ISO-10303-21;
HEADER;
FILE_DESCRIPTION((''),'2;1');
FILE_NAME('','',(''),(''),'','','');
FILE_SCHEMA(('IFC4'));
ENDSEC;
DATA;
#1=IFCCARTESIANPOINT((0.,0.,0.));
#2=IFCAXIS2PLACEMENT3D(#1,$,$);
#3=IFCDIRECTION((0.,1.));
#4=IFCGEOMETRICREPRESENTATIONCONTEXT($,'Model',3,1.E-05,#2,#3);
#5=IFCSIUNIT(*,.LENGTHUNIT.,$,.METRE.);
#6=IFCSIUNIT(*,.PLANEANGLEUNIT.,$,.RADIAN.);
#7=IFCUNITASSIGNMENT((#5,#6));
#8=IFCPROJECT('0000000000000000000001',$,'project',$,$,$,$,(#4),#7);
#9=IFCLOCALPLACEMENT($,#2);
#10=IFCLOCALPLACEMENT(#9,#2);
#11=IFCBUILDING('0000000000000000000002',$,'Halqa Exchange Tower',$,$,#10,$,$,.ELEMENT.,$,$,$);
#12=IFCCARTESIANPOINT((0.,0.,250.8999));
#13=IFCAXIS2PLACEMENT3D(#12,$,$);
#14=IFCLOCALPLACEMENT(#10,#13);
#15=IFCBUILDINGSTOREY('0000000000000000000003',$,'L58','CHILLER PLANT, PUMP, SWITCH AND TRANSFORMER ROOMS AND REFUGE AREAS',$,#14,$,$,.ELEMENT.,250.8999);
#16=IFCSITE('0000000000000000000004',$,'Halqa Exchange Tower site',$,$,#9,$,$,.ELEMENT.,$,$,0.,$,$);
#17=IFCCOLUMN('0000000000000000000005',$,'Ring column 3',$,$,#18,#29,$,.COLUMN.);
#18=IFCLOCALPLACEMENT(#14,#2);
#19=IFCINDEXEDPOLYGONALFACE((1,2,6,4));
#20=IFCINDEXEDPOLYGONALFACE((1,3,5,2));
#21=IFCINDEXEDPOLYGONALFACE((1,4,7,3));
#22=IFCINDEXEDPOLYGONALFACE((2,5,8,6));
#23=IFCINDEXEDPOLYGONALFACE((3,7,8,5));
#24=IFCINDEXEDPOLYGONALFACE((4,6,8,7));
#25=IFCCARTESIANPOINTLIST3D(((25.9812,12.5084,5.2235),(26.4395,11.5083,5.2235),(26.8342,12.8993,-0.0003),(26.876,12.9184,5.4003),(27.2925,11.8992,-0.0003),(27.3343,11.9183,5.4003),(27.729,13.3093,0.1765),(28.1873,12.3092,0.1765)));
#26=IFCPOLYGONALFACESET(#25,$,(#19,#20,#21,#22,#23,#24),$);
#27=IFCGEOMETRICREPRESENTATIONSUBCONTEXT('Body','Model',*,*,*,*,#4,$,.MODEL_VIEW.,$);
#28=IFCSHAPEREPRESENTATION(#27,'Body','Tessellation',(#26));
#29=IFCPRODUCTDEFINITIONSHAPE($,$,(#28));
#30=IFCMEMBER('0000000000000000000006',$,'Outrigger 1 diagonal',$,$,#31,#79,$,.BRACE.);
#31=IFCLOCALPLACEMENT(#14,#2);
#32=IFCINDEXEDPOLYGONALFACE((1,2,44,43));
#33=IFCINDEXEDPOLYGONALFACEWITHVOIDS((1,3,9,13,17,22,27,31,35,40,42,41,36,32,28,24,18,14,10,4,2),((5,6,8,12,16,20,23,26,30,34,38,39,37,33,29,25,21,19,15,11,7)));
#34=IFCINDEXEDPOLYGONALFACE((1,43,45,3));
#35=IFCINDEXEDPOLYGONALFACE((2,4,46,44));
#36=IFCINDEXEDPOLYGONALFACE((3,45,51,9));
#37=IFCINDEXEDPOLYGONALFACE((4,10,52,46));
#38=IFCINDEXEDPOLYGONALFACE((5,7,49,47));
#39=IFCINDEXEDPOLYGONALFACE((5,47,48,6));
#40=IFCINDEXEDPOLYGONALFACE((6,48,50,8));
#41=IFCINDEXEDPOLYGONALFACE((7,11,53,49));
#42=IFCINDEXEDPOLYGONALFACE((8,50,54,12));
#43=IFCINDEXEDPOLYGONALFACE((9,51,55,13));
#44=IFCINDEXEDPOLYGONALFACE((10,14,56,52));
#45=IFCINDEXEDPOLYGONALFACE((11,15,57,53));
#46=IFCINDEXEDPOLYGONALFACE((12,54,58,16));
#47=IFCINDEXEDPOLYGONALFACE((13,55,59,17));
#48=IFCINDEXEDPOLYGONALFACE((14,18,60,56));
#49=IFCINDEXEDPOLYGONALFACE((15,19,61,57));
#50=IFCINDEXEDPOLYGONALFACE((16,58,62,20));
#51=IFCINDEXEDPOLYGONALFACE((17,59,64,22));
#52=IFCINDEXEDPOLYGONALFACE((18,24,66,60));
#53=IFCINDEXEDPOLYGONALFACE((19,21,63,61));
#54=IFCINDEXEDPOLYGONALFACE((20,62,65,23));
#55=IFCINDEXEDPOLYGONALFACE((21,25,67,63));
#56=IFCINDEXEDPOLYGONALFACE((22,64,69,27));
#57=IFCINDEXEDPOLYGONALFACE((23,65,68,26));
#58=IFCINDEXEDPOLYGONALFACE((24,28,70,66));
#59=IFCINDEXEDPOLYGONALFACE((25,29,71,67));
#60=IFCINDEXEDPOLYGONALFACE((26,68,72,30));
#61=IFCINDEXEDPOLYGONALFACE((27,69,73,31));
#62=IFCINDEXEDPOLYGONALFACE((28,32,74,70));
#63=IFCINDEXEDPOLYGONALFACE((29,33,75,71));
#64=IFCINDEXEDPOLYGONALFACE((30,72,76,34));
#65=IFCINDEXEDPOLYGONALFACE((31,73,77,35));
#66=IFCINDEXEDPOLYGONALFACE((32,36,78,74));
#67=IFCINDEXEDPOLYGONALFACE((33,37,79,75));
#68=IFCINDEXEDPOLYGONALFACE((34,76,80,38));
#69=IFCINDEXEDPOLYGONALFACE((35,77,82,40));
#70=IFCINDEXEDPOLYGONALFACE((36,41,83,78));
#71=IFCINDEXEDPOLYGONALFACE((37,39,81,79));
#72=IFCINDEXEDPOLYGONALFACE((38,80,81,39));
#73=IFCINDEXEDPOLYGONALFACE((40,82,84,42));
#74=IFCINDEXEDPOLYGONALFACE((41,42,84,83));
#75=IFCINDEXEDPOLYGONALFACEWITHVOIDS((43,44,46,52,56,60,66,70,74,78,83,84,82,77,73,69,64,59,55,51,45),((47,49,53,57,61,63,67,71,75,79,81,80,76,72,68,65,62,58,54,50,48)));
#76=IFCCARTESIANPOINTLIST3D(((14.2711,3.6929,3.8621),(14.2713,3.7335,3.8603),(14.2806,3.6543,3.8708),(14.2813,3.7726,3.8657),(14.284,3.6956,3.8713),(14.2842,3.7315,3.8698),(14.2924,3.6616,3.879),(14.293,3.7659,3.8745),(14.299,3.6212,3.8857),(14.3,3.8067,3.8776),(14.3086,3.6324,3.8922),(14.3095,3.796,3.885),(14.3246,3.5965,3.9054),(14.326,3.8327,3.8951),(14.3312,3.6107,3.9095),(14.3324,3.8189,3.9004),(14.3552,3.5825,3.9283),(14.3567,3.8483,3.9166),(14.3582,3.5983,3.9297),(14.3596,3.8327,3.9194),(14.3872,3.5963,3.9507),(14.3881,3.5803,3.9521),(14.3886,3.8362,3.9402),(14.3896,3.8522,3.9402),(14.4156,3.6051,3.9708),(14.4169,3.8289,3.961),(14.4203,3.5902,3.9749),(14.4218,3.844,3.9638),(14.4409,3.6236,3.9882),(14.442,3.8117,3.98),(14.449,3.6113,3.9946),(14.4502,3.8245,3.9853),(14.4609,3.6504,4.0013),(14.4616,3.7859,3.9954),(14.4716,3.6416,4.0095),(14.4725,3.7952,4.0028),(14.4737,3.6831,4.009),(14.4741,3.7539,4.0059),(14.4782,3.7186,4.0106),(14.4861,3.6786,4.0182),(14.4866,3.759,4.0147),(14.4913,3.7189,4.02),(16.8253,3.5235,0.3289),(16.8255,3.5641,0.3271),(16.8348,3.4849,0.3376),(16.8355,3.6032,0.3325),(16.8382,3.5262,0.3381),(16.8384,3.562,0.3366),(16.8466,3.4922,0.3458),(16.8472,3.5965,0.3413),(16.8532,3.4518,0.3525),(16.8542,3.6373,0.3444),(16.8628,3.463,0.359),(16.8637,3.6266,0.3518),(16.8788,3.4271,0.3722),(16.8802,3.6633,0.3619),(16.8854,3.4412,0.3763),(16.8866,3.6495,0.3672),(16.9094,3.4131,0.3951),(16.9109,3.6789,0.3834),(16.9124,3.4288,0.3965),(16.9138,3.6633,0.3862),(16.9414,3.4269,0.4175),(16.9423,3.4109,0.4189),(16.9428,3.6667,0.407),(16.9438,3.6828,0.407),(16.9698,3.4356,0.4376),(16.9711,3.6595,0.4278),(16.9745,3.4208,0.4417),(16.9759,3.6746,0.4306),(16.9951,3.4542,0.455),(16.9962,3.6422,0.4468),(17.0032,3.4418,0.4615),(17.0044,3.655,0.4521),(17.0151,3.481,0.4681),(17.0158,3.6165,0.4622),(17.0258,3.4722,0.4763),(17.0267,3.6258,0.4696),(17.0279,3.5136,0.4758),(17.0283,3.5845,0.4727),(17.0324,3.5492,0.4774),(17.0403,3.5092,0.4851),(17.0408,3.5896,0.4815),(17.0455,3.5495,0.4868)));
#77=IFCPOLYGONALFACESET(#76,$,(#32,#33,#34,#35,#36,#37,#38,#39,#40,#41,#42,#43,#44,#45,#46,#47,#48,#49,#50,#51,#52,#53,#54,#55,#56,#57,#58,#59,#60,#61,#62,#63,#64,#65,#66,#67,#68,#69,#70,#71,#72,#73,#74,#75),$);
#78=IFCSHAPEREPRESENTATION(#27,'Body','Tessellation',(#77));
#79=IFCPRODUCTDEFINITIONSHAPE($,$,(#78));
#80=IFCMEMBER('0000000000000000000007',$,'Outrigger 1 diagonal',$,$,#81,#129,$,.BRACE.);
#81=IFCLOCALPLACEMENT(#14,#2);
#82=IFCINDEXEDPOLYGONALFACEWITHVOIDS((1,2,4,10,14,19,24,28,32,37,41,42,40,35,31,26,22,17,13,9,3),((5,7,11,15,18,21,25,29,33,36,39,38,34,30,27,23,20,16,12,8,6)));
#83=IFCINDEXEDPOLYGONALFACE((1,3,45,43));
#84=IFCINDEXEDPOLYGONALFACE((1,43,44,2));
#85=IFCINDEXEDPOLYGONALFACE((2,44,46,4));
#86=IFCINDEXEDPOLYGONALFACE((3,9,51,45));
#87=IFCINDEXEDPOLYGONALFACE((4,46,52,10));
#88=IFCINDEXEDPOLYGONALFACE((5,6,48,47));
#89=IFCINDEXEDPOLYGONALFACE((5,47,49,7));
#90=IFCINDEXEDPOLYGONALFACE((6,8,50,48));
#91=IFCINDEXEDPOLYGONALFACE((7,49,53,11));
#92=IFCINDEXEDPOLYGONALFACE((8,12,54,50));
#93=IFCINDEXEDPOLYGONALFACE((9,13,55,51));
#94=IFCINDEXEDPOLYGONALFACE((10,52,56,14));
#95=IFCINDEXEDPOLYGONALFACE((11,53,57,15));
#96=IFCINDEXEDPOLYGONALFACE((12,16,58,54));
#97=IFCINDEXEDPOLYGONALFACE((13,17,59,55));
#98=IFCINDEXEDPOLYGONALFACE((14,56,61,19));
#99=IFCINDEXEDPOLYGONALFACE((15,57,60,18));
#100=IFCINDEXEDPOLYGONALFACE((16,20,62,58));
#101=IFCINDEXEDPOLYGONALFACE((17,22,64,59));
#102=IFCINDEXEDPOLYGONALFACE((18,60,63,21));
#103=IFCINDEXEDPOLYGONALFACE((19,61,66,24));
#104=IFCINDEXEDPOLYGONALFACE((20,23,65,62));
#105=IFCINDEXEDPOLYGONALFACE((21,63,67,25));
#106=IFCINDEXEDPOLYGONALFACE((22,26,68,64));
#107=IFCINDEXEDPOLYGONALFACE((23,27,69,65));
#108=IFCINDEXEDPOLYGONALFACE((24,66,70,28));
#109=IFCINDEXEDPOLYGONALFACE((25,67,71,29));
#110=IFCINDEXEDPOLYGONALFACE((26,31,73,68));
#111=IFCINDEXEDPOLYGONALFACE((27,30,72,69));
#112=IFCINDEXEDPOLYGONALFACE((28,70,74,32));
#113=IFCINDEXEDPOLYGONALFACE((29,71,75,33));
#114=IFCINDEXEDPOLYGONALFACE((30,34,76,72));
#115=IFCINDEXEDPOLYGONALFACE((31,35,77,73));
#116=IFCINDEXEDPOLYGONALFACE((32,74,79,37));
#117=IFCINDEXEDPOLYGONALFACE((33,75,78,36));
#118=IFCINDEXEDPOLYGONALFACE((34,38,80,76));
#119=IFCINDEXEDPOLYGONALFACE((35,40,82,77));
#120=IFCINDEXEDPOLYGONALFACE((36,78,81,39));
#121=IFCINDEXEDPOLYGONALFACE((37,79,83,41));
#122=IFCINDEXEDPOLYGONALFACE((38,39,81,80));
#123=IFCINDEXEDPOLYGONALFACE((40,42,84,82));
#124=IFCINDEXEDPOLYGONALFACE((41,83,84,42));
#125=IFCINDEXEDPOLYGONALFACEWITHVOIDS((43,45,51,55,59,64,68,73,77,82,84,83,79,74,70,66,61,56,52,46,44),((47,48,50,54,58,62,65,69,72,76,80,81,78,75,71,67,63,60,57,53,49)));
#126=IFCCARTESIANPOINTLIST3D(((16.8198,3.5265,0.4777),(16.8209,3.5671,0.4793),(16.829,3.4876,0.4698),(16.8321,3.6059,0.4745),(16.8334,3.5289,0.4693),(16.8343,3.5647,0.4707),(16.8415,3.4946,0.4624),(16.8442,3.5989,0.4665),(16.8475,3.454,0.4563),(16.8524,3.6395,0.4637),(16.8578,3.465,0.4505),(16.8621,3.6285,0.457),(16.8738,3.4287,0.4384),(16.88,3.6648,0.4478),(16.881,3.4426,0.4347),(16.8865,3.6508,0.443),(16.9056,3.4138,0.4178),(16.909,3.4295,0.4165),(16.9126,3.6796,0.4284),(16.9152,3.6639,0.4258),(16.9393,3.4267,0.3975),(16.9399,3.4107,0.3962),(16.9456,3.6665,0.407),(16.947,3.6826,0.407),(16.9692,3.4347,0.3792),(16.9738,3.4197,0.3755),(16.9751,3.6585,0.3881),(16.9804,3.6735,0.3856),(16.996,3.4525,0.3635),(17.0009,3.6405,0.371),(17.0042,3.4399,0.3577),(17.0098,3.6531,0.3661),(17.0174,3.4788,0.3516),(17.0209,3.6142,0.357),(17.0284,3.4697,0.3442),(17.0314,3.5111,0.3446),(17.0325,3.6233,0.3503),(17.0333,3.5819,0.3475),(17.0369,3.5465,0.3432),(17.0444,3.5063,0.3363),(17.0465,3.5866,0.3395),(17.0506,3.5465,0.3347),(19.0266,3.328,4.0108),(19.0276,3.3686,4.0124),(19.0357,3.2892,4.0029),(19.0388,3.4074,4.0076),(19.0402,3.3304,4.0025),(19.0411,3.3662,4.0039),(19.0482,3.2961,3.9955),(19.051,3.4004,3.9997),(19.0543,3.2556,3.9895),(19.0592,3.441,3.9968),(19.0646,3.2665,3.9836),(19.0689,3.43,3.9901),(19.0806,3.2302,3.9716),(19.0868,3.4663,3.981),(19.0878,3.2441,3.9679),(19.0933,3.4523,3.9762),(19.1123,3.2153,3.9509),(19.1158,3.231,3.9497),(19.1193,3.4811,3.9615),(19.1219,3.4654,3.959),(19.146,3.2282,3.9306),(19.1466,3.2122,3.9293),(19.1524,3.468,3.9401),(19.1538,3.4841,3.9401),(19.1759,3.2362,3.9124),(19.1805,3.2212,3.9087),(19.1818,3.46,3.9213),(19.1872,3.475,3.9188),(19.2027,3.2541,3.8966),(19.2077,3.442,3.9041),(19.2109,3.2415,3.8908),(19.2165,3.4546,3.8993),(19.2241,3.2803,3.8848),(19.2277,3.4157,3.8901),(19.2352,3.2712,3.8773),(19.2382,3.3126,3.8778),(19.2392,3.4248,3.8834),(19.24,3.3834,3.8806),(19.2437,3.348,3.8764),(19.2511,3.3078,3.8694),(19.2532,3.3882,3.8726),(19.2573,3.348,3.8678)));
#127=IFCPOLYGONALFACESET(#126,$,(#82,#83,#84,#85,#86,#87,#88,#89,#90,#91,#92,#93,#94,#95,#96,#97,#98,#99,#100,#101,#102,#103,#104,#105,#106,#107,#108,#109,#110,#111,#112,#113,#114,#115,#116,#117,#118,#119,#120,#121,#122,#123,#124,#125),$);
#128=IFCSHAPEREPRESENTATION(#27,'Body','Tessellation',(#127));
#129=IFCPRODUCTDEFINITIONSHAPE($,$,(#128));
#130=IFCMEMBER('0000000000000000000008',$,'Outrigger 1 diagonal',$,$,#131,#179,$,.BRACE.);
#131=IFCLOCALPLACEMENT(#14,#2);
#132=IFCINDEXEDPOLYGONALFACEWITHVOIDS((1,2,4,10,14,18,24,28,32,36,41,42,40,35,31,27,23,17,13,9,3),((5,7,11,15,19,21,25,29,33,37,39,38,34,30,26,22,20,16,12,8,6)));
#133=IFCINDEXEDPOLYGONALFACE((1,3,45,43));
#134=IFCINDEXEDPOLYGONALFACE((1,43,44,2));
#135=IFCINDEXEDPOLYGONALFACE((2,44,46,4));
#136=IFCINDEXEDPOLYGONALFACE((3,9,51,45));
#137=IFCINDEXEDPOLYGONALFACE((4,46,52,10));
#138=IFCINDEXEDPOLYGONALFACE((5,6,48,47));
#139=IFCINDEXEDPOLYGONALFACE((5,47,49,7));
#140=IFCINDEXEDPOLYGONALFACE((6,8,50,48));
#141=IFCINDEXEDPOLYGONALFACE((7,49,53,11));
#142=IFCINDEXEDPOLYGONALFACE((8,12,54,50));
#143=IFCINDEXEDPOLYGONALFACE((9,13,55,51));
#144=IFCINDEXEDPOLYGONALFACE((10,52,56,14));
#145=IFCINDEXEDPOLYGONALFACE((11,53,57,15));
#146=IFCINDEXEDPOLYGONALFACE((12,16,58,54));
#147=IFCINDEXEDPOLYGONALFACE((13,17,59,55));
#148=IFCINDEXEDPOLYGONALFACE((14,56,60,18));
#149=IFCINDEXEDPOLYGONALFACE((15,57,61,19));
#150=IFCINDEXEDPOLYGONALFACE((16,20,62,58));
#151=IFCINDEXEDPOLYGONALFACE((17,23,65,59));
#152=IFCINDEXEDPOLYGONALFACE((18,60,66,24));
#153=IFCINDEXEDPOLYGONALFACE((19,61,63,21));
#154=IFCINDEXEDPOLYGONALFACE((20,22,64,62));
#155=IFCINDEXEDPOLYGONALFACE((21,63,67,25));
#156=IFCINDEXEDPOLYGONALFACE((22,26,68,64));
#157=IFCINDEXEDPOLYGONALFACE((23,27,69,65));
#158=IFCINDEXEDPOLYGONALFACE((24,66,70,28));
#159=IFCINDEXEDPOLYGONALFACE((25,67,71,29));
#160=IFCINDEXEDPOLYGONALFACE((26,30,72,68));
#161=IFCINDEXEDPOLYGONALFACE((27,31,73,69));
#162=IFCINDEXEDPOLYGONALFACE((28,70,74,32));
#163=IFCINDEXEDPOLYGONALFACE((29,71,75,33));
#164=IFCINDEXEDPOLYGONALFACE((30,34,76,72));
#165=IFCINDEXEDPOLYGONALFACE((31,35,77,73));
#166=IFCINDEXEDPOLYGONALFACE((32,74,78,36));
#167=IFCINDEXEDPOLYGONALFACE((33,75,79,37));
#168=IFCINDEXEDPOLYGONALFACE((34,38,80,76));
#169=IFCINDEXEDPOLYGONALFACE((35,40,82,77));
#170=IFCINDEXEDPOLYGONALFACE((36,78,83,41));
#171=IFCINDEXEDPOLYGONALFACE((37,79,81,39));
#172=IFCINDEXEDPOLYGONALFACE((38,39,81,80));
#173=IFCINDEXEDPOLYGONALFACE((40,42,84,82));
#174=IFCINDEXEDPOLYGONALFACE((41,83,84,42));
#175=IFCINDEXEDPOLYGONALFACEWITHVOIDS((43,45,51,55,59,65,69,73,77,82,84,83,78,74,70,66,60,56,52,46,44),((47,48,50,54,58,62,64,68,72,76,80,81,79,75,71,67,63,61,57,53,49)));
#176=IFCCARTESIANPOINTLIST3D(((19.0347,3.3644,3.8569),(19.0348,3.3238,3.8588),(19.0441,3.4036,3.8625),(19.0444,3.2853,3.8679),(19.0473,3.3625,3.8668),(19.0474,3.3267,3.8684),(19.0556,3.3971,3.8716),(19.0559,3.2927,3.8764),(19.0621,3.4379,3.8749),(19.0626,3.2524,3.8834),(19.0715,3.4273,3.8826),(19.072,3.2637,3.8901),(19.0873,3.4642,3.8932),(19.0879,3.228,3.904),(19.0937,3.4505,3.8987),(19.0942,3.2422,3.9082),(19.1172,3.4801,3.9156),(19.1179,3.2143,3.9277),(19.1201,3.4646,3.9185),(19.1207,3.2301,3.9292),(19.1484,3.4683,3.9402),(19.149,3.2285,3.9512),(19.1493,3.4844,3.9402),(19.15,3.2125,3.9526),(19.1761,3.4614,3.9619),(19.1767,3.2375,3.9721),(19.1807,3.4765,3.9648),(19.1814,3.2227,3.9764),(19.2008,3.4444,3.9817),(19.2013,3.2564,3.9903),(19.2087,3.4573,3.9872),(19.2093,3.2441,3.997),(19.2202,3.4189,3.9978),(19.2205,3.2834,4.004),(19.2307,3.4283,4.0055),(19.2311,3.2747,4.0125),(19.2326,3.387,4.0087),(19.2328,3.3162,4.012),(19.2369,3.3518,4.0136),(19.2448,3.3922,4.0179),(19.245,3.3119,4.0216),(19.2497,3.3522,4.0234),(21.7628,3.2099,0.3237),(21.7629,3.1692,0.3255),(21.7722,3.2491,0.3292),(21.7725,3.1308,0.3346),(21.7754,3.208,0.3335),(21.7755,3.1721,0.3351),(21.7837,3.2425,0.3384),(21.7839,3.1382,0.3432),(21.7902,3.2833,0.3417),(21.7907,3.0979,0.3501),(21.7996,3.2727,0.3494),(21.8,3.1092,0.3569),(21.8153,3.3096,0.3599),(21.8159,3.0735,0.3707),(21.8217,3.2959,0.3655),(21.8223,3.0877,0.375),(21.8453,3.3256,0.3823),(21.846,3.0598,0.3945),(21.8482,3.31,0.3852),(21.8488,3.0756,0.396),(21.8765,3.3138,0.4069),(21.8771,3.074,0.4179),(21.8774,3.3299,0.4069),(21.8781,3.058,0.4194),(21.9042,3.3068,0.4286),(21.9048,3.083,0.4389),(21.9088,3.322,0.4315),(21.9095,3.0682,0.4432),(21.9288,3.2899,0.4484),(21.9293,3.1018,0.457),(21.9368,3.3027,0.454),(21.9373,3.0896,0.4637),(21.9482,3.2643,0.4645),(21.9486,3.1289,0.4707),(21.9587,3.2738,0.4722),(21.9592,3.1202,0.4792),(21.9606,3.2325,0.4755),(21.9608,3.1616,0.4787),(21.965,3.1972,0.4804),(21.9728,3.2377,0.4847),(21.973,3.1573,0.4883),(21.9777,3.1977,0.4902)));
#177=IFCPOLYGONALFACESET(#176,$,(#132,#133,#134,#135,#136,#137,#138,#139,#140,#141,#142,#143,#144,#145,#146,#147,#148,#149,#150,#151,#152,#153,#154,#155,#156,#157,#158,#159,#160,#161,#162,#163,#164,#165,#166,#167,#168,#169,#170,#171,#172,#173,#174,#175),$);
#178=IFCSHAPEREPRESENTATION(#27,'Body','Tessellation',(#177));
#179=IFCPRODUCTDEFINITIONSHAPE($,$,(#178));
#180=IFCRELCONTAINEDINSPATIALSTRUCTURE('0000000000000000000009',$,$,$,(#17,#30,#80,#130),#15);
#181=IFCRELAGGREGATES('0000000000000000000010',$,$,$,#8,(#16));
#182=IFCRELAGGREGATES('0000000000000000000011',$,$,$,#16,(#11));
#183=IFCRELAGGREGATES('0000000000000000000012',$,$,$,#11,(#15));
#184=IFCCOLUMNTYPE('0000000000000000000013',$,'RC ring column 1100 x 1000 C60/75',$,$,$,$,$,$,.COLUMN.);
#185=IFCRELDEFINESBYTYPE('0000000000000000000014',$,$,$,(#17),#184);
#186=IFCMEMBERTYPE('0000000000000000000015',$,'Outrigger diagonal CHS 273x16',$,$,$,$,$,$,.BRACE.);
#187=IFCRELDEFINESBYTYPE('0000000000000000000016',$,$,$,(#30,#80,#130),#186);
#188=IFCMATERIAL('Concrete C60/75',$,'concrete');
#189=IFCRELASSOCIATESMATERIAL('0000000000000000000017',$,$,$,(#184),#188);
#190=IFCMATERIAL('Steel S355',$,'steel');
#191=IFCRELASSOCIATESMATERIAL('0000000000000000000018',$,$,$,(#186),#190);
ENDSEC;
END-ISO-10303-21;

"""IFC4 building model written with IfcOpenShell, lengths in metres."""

from ifc_helpers import new_model, si_unit, direction, frame, origin, origin_2d, place, context, subcontext, project, spatial, rectangle, hollow_circle, extrude, material, material_profile, profile_set, type_object, element, save


model = new_model("IFC4")

# Units and contexts
model_context = context("Model", 3, precision=1e-05, world=origin(), true_north=direction((0.0, 1.0)))
body_context = subcontext(model_context, "Body", "Model", "MODEL_VIEW")
ifc_project = project(units=[si_unit("LENGTHUNIT", "METRE"), si_unit("PLANEANGLEUNIT", "RADIAN")], contexts=[model_context])

# Site, building, storey
site_placement = place(None, origin())
site = spatial("IfcSite", under=ifc_project, at=site_placement, Name="Halqa Exchange Tower site", CompositionType="ELEMENT", RefElevation=0.0)
building_placement = place(site_placement, origin())
building = spatial("IfcBuilding", under=site, at=building_placement, Name="Halqa Exchange Tower", CompositionType="ELEMENT")
storey_placement = place(building_placement, frame((0.0, 0.0, 250.8999)))
storey = spatial("IfcBuildingStorey", under=building, at=storey_placement, Name="L58", Description="CHILLER PLANT, PUMP, SWITCH AND TRANSFORMER ROOMS AND REFUGE AREAS", CompositionType="ELEMENT", Elevation=250.8999)

# Column
ifc_material_1 = material(Name="Concrete C60/75", Category="concrete")
ifc_material_profile_1 = material_profile(ifc_material_1, rectangle(XDim=1.1001, YDim=1.0, at=origin_2d()), Name="1100 x 1000")
ifc_profile_set_1 = profile_set([ifc_material_profile_1], Name="Concrete C60/75")
column_type = type_object("IfcColumnType", Name="RC ring column 1100 x 1000 C60/75", PredefinedType="COLUMN", material=ifc_profile_set_1)
column_placement = place(storey_placement, frame((27.5107, 12.6042, 0.0881), z_axis=(-0.160722, -0.073645, 0.984248), x_axis=(0.416565, -0.909106, 0.0)))
element("IfcColumn", 1, at=column_placement, inside=storey, type_object=column_type, Name="Ring column 3", PredefinedType="COLUMN", context=body_context, shape_type="SweptSolid", body=[
    extrude(rectangle(XDim=1.1001, YDim=1.0, at=origin_2d()), origin(), (0.0, 0.0, 1.0), 5.3074),
])

# Members
ifc_material_2 = material(Name="Steel S355", Category="steel")
ifc_material_profile_2 = material_profile(ifc_material_2, hollow_circle(Radius=0.1365, WallThickness=0.0161, at=origin_2d()), Name="CHS 273x16")
ifc_profile_set_2 = profile_set([ifc_material_profile_2], Name="Steel S355")
member_type_1 = type_object("IfcMemberType", Name="Outrigger diagonal CHS 273x16", PredefinedType="BRACE", material=ifc_profile_set_2)
member_1_placement = place(storey_placement, frame((14.3806, 3.7161, 3.9402), z_axis=(0.585417, -0.038834, -0.809802), x_axis=(0.06619, 0.997807, 0.0)))
element("IfcMember", 2, at=member_1_placement, inside=storey, type_object=member_type_1, Name="Outrigger 1 diagonal", PredefinedType="BRACE", context=body_context, shape_type="SweptSolid", body=[
    extrude(hollow_circle(Radius=0.1365, WallThickness=0.0161, at=origin_2d()), origin(), (0.0, 0.0, 1.0), 4.363),
])
member_2_placement = place(storey_placement, frame((16.9348, 3.5466, 0.407), z_axis=(0.529146, -0.047593, 0.847195), x_axis=(0.089582, 0.995979, 0.0)))
element("IfcMember", 3, at=member_2_placement, inside=storey, type_object=member_type_1, Name="Outrigger 1 diagonal", PredefinedType="BRACE", context=body_context, shape_type="SweptSolid", body=[
    extrude(hollow_circle(Radius=0.1365, WallThickness=0.0161, at=origin_2d()), origin(), (0.0, 0.0, 1.0), 4.1704),
])
member_3_placement = place(storey_placement, frame((19.1416, 3.3481, 3.9402), z_axis=(0.610776, -0.0346, -0.791047), x_axis=(0.056559, 0.998399, 0.0)))
element("IfcMember", 4, at=member_3_placement, inside=storey, type_object=member_type_1, Name="Outrigger 1 diagonal", PredefinedType="BRACE", context=body_context, shape_type="SweptSolid", body=[
    extrude(hollow_circle(Radius=0.1365, WallThickness=0.0161, at=origin_2d()), origin(), (0.0, 0.0, 1.0), 4.4666),
])

save(model, "model.ifc")
